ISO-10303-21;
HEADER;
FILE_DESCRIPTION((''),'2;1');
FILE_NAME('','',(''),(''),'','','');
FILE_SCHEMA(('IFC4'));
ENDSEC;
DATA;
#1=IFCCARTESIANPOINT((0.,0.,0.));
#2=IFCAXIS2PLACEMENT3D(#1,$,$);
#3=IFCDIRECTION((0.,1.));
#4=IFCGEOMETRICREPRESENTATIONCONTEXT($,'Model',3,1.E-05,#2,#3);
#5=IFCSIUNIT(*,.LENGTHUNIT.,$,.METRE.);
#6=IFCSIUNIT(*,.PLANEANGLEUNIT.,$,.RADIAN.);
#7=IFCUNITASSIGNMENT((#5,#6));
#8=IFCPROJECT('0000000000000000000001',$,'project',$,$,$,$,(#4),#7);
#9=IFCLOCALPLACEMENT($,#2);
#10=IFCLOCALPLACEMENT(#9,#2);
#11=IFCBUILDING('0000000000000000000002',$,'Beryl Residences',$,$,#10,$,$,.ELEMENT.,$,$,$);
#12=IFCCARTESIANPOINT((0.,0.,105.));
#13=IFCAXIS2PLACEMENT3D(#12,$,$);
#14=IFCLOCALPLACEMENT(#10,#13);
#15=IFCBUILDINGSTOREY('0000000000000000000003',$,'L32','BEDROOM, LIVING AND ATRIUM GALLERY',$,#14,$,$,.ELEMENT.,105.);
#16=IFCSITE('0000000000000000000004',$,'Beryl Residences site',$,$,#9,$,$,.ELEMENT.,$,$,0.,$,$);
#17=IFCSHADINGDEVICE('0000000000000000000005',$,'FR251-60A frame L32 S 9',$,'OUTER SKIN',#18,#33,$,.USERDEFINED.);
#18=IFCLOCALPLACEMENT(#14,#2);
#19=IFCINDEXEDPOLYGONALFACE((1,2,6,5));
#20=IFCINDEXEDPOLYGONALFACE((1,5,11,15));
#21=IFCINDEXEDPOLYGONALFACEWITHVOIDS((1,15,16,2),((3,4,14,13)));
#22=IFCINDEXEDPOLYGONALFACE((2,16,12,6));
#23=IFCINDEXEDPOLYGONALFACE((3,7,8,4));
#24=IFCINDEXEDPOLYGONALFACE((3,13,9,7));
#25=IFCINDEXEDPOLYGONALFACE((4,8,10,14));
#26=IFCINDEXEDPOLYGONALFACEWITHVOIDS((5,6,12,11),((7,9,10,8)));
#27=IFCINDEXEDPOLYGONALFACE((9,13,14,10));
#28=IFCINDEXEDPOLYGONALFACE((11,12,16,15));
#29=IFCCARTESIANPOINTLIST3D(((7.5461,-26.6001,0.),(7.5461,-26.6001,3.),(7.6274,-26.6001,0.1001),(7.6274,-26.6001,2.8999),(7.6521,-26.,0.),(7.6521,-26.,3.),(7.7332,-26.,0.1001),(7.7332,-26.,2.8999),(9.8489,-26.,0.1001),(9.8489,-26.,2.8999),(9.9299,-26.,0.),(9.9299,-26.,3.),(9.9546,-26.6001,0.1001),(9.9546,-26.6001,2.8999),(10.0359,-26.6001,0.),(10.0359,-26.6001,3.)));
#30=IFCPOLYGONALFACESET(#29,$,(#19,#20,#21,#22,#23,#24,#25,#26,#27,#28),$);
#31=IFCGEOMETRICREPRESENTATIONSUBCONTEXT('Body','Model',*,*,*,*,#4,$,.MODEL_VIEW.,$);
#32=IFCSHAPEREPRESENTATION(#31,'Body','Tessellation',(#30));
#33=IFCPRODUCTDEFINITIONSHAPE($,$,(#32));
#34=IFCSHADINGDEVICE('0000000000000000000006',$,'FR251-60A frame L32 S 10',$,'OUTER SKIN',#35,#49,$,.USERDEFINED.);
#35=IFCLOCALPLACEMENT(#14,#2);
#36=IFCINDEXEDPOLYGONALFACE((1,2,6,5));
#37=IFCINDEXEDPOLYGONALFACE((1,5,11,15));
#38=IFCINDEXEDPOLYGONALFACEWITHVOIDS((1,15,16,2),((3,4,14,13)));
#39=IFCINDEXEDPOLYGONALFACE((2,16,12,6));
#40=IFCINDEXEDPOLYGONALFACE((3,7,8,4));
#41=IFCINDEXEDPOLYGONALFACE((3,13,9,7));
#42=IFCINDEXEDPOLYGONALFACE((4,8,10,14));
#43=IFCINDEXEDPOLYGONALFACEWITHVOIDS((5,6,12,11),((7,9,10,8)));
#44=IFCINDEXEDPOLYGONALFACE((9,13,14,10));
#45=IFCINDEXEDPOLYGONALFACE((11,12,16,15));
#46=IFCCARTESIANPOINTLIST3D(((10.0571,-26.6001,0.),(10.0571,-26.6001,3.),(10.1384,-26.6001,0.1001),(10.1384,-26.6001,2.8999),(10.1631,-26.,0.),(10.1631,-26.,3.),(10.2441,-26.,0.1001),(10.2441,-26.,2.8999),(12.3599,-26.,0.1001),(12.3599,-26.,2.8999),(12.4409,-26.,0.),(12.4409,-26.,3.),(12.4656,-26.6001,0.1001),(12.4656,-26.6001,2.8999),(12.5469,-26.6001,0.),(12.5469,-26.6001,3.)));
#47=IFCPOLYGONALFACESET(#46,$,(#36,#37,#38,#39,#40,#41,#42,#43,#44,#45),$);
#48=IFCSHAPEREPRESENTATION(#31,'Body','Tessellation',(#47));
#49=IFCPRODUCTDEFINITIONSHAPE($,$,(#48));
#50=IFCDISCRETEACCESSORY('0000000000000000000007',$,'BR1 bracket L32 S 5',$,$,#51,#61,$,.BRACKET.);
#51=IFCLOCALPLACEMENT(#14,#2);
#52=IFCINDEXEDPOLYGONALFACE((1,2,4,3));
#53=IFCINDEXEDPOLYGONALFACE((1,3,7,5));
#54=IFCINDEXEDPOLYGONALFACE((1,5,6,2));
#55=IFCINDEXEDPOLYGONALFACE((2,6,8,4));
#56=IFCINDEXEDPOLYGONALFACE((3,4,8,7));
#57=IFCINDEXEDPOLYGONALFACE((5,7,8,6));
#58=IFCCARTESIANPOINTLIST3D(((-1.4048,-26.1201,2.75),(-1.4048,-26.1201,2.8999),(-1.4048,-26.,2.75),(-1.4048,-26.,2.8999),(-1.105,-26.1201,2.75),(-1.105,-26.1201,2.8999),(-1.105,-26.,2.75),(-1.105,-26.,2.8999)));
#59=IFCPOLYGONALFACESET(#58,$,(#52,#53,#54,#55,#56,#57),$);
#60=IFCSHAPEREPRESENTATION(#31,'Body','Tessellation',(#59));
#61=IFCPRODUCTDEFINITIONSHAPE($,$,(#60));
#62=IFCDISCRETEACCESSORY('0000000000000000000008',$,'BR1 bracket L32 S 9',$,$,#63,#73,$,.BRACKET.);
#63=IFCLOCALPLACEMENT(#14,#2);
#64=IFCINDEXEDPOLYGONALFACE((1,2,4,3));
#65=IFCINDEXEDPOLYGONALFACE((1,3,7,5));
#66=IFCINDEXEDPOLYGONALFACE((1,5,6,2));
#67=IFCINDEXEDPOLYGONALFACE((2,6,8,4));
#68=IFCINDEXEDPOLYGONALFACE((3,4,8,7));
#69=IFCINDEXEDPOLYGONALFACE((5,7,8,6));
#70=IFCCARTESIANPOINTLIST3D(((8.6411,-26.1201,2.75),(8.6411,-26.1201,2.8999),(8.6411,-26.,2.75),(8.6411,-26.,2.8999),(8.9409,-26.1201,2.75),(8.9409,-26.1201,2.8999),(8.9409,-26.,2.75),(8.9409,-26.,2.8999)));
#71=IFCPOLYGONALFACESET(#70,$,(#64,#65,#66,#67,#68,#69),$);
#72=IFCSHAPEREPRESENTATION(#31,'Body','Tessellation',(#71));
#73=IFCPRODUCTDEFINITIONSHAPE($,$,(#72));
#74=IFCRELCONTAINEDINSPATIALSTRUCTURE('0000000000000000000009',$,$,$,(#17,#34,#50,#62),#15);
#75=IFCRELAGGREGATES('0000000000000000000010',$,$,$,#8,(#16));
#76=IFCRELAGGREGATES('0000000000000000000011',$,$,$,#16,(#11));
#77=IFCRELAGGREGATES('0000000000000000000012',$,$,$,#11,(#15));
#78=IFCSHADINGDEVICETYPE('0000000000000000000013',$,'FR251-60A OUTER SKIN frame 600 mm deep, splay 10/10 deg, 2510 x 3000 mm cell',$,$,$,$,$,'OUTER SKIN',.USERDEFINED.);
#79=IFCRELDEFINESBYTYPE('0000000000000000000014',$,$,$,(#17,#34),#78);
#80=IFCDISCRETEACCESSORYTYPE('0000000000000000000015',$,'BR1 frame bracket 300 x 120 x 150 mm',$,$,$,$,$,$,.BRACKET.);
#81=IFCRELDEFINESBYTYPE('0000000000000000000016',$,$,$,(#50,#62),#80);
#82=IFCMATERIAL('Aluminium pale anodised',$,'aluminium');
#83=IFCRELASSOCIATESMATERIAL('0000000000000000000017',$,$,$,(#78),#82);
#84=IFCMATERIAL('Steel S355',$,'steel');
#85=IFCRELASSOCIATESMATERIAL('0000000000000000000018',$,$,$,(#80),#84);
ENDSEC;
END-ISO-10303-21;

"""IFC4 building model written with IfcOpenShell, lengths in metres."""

from ifc_helpers import new_model, entity, si_unit, direction, frame, origin, place, context, subcontext, project, spatial, polyline, outline, extrude, source, transform, mapped, material, type_object, type_shapes, element, save


model = new_model("IFC4")

# Units and contexts
model_context = context("Model", 3, precision=1e-05, world=origin(), true_north=direction((0.0, 1.0)))
body_context = subcontext(model_context, "Body", "Model", "MODEL_VIEW")
ifc_project = project(units=[si_unit("LENGTHUNIT", "METRE"), si_unit("PLANEANGLEUNIT", "RADIAN")], contexts=[model_context])

# Site, building, storey
site_placement = place(None, origin())
site = spatial("IfcSite", under=ifc_project, at=site_placement, Name="Beryl Residences site", CompositionType="ELEMENT", RefElevation=0.0)
building_placement = place(site_placement, origin())
building = spatial("IfcBuilding", under=site, at=building_placement, Name="Beryl Residences", CompositionType="ELEMENT")
storey_placement = place(building_placement, frame((0.0, 0.0, 105.0)))
storey = spatial("IfcBuildingStorey", under=building, at=storey_placement, Name="L32", Description="BEDROOM, LIVING AND ATRIUM GALLERY", CompositionType="ELEMENT", Elevation=105.0)

# Shading devices
ifc_material_1 = material(Name="Aluminium pale anodised", Category="aluminium")
shading_device_type = type_object("IfcShadingDeviceType", Name="FR251-60A OUTER SKIN frame 600 mm deep, splay 10/10 deg, 2510 x 3000 mm cell", ElementType="OUTER SKIN", PredefinedType="USERDEFINED", material=ifc_material_1)
cartesian_point_1 = entity("IfcCartesianPoint", [-1.1389, 0.0])
cartesian_point_2 = entity("IfcCartesianPoint", [-1.0579, 0.1001])
cartesian_point_3 = entity("IfcCartesianPoint", [-1.2449, 0.0])
cartesian_point_4 = entity("IfcCartesianPoint", [-1.1636, 0.1001])
shared_shape_1 = source(origin(), body_context, "Body", "SweptSolid", [
    entity("IfcExtrudedAreaSolidTapered", entity("IfcArbitraryProfileDefWithVoids", "AREA", None, entity("IfcPolyline", [cartesian_point_1, entity("IfcCartesianPoint", [1.1389, 0.0]), entity("IfcCartesianPoint", [1.1389, 3.0]), entity("IfcCartesianPoint", [-1.1389, 3.0]), cartesian_point_1]), [entity("IfcPolyline", [cartesian_point_2, entity("IfcCartesianPoint", [1.0579, 0.1001]), entity("IfcCartesianPoint", [1.0579, 2.8999]), entity("IfcCartesianPoint", [-1.0579, 2.8999]), cartesian_point_2])]), entity("IfcAxis2Placement3D", entity("IfcCartesianPoint", [0.0, 0.0, 0.0]), entity("IfcDirection", [0.0, 1.0, 0.0]), entity("IfcDirection", [-1.0, 0.0, 0.0])), entity("IfcDirection", [0.0, 0.0, 1.0]), 0.6001, entity("IfcArbitraryProfileDefWithVoids", "AREA", None, entity("IfcPolyline", [cartesian_point_3, entity("IfcCartesianPoint", [1.2449, 0.0]), entity("IfcCartesianPoint", [1.2449, 3.0]), entity("IfcCartesianPoint", [-1.2449, 3.0]), cartesian_point_3]), [entity("IfcPolyline", [cartesian_point_4, entity("IfcCartesianPoint", [1.1636, 0.1001]), entity("IfcCartesianPoint", [1.1636, 2.8999]), entity("IfcCartesianPoint", [-1.1636, 2.8999]), cartesian_point_4])])),
])
type_shapes(shading_device_type, [shared_shape_1])
for number, where, z_axis, x_axis, name in (
    (1, (8.791, -26.0, 0.0), (0.0, 0.0, 1.0), (-1.0, 0.0, 0.0), "FR251-60A frame L32 S 9"),
    (2, (11.302, -26.0, 0.0), (0.0, 0.0, 1.0), (-1.0, 0.0, 0.0), "FR251-60A frame L32 S 10"),
):
    element("IfcShadingDevice", number, at=place(storey_placement, frame(where, z_axis=z_axis, x_axis=x_axis)), inside=storey, type_object=shading_device_type, Name=name, ObjectType="OUTER SKIN", PredefinedType="USERDEFINED", context=body_context, shape_type="MappedRepresentation", body=[
        mapped(shared_shape_1, transform((0.0, 0.0, 0.0))),
    ])

# Discrete accessories
ifc_material_2 = material(Name="Steel S355", Category="steel")
discrete_accessory_type = type_object("IfcDiscreteAccessoryType", Name="BR1 frame bracket 300 x 120 x 150 mm", PredefinedType="BRACKET", material=ifc_material_2)
shared_shape_2 = source(origin(), body_context, "Body", "SweptSolid", [
    extrude(outline(polyline([(-0.1499, 0.0), (0.1499, 0.0), (0.1499, 0.1201), (-0.1499, 0.1201), (-0.1499, 0.0)])), origin(), (0.0, 0.0, 1.0), 0.1499),
])
type_shapes(discrete_accessory_type, [shared_shape_2])
for number, where, z_axis, x_axis, name in (
    (3, (-1.2549, -26.0, 2.75), (0.0, 0.0, 1.0), (-1.0, 0.0, 0.0), "BR1 bracket L32 S 5"),
    (4, (8.791, -26.0, 2.75), (0.0, 0.0, 1.0), (-1.0, 0.0, 0.0), "BR1 bracket L32 S 9"),
):
    element("IfcDiscreteAccessory", number, at=place(storey_placement, frame(where, z_axis=z_axis, x_axis=x_axis)), inside=storey, type_object=discrete_accessory_type, Name=name, PredefinedType="BRACKET", context=body_context, shape_type="MappedRepresentation", body=[
        mapped(shared_shape_2, transform((0.0, 0.0, 0.0))),
    ])

save(model, "model.ifc")
